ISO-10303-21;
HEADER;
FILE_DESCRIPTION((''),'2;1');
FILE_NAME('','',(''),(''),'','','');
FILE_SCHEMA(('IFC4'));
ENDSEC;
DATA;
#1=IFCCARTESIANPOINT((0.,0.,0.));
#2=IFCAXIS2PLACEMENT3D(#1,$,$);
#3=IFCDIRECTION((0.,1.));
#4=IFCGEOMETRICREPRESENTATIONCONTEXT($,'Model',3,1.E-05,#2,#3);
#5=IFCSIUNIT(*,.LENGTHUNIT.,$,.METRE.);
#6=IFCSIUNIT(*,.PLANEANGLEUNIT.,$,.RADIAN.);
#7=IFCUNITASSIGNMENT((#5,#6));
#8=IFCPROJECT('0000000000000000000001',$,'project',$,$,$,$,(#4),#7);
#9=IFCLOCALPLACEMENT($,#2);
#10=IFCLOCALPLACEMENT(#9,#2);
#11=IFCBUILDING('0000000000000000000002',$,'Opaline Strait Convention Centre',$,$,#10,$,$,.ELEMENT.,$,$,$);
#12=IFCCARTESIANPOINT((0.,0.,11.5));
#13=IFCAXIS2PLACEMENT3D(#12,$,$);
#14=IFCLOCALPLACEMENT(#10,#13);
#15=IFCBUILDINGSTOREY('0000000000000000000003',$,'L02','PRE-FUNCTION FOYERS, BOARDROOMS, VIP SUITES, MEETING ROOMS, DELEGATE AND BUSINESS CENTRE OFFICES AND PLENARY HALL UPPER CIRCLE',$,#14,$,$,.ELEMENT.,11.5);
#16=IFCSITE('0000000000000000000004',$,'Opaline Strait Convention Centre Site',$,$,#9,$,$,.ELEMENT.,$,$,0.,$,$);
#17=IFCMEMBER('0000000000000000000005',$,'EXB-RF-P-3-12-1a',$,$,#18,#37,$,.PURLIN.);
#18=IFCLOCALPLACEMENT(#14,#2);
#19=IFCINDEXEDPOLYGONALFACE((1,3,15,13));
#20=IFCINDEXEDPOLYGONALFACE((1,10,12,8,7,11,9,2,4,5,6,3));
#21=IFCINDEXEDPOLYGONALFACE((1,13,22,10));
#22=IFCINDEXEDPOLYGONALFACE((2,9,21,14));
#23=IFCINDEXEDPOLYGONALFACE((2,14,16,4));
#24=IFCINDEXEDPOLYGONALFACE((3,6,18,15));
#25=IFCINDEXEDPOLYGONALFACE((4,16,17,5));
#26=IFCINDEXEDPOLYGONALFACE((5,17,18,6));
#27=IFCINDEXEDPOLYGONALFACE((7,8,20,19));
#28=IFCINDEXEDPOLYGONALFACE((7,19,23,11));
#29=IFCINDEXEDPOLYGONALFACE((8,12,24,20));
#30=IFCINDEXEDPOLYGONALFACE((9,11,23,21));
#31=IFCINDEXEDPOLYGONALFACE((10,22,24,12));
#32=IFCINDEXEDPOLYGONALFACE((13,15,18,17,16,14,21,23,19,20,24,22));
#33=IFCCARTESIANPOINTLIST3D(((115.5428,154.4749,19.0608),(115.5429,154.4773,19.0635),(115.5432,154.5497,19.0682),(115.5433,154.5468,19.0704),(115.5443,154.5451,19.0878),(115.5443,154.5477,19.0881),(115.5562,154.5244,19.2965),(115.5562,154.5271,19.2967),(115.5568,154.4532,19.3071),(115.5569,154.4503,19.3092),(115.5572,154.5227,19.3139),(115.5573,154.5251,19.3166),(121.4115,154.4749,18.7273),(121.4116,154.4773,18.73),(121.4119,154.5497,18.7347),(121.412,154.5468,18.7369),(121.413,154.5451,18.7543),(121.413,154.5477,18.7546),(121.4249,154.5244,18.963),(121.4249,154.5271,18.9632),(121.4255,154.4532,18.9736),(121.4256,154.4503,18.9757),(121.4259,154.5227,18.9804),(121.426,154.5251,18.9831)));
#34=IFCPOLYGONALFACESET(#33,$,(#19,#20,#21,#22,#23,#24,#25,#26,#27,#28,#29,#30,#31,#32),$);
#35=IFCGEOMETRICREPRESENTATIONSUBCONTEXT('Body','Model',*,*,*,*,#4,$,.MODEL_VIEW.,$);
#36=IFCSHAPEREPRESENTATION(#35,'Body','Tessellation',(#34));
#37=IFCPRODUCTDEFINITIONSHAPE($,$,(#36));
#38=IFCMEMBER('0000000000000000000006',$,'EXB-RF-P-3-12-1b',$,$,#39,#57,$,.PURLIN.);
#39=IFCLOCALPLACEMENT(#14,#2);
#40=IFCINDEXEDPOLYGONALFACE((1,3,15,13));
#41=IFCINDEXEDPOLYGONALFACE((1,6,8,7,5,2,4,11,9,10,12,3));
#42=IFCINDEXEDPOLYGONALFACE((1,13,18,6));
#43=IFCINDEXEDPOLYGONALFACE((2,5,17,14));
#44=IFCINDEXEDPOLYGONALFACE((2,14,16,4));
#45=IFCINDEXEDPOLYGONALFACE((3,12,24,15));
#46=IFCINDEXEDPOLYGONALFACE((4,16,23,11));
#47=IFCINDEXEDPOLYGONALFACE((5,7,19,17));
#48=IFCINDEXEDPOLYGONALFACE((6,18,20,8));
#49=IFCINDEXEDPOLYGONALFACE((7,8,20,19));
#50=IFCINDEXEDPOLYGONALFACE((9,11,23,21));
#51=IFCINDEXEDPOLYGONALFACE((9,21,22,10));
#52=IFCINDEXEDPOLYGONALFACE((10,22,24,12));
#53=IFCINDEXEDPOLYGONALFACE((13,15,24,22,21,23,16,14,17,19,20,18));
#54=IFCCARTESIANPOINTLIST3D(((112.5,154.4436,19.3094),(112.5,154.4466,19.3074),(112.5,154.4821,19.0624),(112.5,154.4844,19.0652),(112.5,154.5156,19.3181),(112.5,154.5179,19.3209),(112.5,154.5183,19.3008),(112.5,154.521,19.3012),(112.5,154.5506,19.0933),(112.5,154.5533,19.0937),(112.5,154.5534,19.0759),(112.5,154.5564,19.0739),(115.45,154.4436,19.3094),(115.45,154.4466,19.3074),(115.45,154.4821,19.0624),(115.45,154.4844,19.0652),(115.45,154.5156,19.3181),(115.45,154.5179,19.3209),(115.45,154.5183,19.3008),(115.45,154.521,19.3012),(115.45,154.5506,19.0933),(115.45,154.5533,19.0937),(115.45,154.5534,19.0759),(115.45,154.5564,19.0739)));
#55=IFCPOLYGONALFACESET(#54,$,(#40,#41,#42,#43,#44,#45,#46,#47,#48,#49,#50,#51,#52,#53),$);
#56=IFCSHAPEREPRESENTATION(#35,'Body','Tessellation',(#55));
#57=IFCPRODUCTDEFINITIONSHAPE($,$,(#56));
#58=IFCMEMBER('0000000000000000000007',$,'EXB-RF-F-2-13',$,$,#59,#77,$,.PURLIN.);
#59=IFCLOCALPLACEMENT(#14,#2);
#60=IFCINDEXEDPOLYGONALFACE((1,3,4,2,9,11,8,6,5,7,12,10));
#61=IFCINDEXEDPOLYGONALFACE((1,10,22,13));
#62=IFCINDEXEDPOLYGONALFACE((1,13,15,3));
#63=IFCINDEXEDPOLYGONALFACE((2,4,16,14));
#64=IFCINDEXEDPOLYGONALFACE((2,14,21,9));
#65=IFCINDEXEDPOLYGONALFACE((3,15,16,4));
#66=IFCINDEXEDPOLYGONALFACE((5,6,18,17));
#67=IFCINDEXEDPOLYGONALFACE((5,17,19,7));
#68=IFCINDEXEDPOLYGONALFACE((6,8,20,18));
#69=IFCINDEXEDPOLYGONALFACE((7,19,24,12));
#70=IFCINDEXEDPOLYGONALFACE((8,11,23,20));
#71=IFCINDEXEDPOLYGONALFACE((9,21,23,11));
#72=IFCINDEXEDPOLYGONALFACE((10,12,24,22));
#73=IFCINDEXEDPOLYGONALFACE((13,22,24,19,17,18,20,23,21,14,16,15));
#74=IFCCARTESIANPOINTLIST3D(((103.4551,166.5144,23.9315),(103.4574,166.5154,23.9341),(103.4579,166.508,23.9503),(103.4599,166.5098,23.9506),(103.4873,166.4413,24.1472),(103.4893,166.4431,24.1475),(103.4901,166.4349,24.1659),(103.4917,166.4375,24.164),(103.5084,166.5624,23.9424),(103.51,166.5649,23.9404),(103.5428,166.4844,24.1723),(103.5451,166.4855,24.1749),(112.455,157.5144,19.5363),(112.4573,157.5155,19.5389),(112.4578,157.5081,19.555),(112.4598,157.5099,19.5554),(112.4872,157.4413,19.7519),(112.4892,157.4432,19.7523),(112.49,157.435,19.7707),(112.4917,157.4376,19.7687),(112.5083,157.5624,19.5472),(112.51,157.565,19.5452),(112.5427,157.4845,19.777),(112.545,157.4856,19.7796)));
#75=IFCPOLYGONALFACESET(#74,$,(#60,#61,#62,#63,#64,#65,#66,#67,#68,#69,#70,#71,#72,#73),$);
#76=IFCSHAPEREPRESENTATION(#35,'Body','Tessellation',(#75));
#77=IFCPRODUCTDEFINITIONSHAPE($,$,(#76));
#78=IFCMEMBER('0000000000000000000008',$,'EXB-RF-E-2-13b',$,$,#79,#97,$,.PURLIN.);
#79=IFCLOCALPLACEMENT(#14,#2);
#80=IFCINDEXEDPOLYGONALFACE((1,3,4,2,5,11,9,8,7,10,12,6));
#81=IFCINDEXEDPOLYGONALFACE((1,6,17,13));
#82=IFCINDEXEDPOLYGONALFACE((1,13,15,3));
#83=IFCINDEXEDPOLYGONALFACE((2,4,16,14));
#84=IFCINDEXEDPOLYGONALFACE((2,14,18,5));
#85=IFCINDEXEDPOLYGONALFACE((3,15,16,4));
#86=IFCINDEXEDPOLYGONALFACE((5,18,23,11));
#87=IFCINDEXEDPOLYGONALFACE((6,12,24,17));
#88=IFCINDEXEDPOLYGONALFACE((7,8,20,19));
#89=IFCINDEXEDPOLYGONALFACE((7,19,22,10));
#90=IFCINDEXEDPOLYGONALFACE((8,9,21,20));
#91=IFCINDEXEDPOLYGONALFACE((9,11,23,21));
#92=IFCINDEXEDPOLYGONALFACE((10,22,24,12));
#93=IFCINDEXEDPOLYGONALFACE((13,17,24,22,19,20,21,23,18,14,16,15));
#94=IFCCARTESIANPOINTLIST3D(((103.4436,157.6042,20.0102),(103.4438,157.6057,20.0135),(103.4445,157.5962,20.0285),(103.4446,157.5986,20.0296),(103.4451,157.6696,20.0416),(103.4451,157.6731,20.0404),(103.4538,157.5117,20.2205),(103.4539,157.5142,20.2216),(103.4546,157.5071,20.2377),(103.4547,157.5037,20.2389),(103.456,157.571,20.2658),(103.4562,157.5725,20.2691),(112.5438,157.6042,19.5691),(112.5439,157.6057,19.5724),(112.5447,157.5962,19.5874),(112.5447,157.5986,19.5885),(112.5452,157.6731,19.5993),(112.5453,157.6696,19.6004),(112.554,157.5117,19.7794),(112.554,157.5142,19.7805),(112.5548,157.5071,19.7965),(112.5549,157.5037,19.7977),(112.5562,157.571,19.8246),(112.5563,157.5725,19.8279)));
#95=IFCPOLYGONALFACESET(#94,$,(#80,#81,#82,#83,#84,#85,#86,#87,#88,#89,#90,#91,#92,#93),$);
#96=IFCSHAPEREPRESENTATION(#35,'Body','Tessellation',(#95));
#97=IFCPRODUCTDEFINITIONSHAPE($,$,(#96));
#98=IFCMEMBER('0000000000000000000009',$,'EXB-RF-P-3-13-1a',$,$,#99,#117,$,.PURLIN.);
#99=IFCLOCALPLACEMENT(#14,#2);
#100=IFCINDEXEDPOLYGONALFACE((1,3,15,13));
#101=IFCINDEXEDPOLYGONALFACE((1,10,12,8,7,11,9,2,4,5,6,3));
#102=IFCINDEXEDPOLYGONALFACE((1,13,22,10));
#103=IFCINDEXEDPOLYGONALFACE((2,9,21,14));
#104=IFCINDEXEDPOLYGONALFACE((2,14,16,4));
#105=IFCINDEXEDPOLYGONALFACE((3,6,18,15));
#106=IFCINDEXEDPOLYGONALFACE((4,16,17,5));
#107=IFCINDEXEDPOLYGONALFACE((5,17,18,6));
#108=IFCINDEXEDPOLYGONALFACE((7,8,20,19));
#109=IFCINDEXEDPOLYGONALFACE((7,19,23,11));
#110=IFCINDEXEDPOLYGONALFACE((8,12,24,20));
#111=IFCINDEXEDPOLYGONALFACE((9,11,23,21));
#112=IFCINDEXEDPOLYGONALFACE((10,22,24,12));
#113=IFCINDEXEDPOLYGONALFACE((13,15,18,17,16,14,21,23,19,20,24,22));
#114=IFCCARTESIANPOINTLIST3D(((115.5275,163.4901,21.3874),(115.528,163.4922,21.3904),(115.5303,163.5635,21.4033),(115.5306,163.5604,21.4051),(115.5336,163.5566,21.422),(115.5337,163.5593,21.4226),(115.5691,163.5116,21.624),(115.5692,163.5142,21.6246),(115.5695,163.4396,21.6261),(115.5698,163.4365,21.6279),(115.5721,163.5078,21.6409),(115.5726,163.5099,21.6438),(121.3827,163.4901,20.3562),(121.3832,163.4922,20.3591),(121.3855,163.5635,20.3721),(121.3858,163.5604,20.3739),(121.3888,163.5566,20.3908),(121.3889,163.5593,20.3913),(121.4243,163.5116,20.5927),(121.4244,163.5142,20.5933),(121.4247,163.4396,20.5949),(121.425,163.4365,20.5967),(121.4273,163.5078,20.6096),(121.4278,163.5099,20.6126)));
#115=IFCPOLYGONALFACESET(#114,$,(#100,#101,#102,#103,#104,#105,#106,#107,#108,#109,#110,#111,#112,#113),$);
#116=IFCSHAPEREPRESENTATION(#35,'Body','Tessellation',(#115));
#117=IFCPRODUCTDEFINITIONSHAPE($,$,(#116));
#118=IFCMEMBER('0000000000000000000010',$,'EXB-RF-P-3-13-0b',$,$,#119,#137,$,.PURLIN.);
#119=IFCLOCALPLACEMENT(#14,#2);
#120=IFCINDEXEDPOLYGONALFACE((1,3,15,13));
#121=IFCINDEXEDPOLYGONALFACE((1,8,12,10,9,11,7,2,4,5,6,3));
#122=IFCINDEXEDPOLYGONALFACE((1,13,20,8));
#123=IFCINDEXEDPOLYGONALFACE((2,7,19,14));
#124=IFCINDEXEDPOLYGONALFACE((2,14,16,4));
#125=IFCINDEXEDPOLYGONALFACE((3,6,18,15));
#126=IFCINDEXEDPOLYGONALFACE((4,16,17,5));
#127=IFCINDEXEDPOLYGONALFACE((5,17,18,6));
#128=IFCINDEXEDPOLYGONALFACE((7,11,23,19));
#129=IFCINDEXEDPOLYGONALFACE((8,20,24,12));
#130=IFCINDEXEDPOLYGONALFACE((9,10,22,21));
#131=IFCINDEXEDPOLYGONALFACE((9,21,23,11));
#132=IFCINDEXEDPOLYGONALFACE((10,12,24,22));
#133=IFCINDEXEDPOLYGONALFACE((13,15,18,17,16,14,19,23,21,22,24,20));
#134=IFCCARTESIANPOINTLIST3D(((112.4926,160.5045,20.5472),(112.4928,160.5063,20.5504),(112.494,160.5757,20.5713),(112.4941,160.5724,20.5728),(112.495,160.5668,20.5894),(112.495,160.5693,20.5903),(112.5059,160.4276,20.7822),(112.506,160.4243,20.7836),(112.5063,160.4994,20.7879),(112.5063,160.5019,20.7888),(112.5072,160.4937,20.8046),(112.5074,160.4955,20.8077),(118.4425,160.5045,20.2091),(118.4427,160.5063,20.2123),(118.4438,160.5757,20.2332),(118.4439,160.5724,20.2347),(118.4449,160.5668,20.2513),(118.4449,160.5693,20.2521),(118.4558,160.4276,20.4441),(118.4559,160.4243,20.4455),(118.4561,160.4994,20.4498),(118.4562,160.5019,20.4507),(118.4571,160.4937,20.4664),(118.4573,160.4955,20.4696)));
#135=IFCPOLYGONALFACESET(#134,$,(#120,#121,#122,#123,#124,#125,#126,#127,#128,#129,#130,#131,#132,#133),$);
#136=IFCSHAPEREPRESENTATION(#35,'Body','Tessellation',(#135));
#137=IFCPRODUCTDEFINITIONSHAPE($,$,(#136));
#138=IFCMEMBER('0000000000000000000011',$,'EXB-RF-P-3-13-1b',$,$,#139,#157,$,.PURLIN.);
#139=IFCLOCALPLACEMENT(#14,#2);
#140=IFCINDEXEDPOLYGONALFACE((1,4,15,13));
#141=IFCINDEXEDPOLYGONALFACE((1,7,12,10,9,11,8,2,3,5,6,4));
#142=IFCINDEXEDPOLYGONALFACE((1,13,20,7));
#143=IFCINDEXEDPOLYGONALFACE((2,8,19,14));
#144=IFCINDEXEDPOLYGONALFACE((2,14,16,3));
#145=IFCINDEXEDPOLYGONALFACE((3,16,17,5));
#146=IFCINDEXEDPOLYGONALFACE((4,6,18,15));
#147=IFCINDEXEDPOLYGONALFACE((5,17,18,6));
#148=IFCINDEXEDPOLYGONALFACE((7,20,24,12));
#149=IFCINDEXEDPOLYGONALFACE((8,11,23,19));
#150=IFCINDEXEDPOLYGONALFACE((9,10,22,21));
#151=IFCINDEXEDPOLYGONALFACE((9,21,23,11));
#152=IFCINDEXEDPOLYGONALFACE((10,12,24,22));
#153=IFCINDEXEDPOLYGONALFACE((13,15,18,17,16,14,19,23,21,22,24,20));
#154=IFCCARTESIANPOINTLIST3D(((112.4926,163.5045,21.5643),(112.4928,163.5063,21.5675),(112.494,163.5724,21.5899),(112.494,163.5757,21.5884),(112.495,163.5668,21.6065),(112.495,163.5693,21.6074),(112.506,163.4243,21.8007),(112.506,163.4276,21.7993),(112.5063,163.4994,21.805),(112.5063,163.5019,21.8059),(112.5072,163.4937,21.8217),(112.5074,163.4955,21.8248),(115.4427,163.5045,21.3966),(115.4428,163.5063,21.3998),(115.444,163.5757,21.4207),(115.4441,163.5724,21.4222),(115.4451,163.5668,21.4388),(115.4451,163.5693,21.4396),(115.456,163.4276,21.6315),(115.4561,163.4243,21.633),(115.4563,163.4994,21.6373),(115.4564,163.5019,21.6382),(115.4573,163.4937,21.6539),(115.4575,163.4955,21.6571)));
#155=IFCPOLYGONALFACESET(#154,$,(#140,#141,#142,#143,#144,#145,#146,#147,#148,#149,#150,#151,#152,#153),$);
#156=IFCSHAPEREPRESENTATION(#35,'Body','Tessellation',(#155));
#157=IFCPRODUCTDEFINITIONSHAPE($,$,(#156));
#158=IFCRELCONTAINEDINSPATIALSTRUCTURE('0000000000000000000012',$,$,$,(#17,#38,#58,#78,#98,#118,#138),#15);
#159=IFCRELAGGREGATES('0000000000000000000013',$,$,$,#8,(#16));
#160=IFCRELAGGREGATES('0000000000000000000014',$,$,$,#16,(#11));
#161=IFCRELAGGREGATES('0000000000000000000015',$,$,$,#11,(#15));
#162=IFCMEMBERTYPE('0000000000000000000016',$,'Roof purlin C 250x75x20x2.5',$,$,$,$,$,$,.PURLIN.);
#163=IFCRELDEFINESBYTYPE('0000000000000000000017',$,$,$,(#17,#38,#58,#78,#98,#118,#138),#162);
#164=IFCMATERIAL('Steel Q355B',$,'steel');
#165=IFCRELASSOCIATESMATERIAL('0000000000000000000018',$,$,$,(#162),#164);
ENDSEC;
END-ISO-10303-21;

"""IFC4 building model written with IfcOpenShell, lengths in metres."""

from ifc_helpers import new_model, si_unit, direction, frame, origin, place, context, subcontext, project, spatial, polyline, outline, extrude, material, material_profile, profile_set, type_object, element, save


model = new_model("IFC4")

# Units and contexts
model_context = context("Model", 3, precision=1e-05, world=origin(), true_north=direction((0.0, 1.0)))
body_context = subcontext(model_context, "Body", "Model", "MODEL_VIEW")
ifc_project = project(units=[si_unit("LENGTHUNIT", "METRE"), si_unit("PLANEANGLEUNIT", "RADIAN")], contexts=[model_context])

# Site, building, storey
site_placement = place(None, origin())
site = spatial("IfcSite", under=ifc_project, at=site_placement, Name="Opaline Strait Convention Centre Site", CompositionType="ELEMENT", RefElevation=0.0)
building_placement = place(site_placement, origin())
building = spatial("IfcBuilding", under=site, at=building_placement, Name="Opaline Strait Convention Centre", CompositionType="ELEMENT")
storey_placement = place(building_placement, frame((0.0, 0.0, 11.5)))
storey = spatial("IfcBuildingStorey", under=building, at=storey_placement, Name="L02", Description="PRE-FUNCTION FOYERS, BOARDROOMS, VIP SUITES, MEETING ROOMS, DELEGATE AND BUSINESS CENTRE OFFICES AND PLENARY HALL UPPER CIRCLE", CompositionType="ELEMENT", Elevation=11.5)

# Members
ifc_material_1 = material(Name="Steel Q355B", Category="steel")
ifc_material_profile_1 = material_profile(ifc_material_1, outline(polyline([(-0.0376, -0.125), (0.0376, -0.125), (0.0376, -0.105), (0.0349, -0.105), (0.0349, -0.1226), (-0.0349, -0.1226), (-0.0349, 0.1226), (0.0349, 0.1226), (0.0349, 0.105), (0.0376, 0.105), (0.0376, 0.125), (-0.0376, 0.125), (-0.0376, -0.125)])), Name="C 250x75x20x2.5")
ifc_profile_set_1 = profile_set([ifc_material_profile_1], Name="Steel Q355B")
member_type_1 = type_object("IfcMemberType", Name="Roof purlin C 250x75x20x2.5", PredefinedType="PURLIN", material=ifc_profile_set_1)
member_1_placement = place(storey_placement, frame((115.55, 154.5, 19.1887), z_axis=(0.998389, 0.0, -0.056735), x_axis=(0.005582, 0.995149, 0.09822)))
element("IfcMember", 1, at=member_1_placement, inside=storey, type_object=member_type_1, Name="EXB-RF-P-3-12-1a", PredefinedType="PURLIN", context=body_context, shape_type="SweptSolid", body=[
    extrude(outline(polyline([(-0.0376, -0.125), (0.0376, -0.125), (0.0376, -0.105), (0.0349, -0.105), (0.0349, -0.1226), (-0.0349, -0.1226), (-0.0349, 0.1226), (0.0349, 0.1226), (0.0349, 0.105), (0.0376, 0.105), (0.0376, 0.125), (-0.0376, 0.125), (-0.0376, -0.125)])), origin(), (0.0, 0.0, 1.0), 5.8782),
])
member_2_placement = place(storey_placement, frame((112.5, 154.5, 19.1917), z_axis=(1.0, 0.0, 0.0), x_axis=(0.0, 0.988092, 0.153864)))
element("IfcMember", 2, at=member_2_placement, inside=storey, type_object=member_type_1, Name="EXB-RF-P-3-12-1b", PredefinedType="PURLIN", context=body_context, shape_type="SweptSolid", body=[
    extrude(outline(polyline([(-0.0376, -0.125), (0.0376, -0.125), (0.0376, -0.105), (0.0349, -0.105), (0.0349, -0.1226), (-0.0349, -0.1226), (-0.0349, 0.1226), (0.0349, 0.1226), (0.0349, 0.105), (0.0376, 0.105), (0.0376, 0.125), (-0.0376, 0.125), (-0.0376, -0.125)])), origin(), (0.0, 0.0, 1.0), 2.95),
])
member_3_placement = place(storey_placement, frame((112.5, 157.5, 19.658), z_axis=(-0.668377, 0.668377, 0.32641), x_axis=(-0.730509, -0.672491, -0.118801)))
element("IfcMember", 3, at=member_3_placement, inside=storey, type_object=member_type_1, Name="EXB-RF-F-2-13", PredefinedType="PURLIN", context=body_context, shape_type="SweptSolid", body=[
    extrude(outline(polyline([(-0.0376, -0.125), (0.0376, -0.125), (0.0376, -0.105), (0.0349, -0.105), (0.0349, -0.1226), (-0.0349, -0.1226), (-0.0349, 0.1226), (0.0349, 0.1226), (0.0349, 0.105), (0.0376, 0.105), (0.0376, 0.125), (-0.0376, 0.125), (-0.0376, -0.125)])), origin(), (0.0, 0.0, 1.0), 13.4653),
])
member_4_placement = place(storey_placement, frame((112.55, 157.5884, 19.6985), z_axis=(-0.998827, 0.0, 0.048422), x_axis=(-0.019477, -0.915533, -0.401772)))
element("IfcMember", 4, at=member_4_placement, inside=storey, type_object=member_type_1, Name="EXB-RF-E-2-13b", PredefinedType="PURLIN", context=body_context, shape_type="SweptSolid", body=[
    extrude(outline(polyline([(-0.0376, -0.125), (0.0376, -0.125), (0.0376, -0.105), (0.0349, -0.105), (0.0349, -0.1226), (-0.0349, -0.1226), (-0.0349, 0.1226), (0.0349, 0.1226), (0.0349, 0.105), (0.0376, 0.105), (0.0376, 0.125), (-0.0376, 0.125), (-0.0376, -0.125)])), origin(), (0.0, 0.0, 1.0), 9.1108),
])
member_5_placement = place(storey_placement, frame((115.55, 163.5, 21.5156), z_axis=(0.984842, 0.0, -0.173455), x_axis=(0.037224, 0.976702, 0.211348)))
element("IfcMember", 5, at=member_5_placement, inside=storey, type_object=member_type_1, Name="EXB-RF-P-3-13-1a", PredefinedType="PURLIN", context=body_context, shape_type="SweptSolid", body=[
    extrude(outline(polyline([(-0.0376, -0.125), (0.0376, -0.125), (0.0376, -0.105), (0.0349, -0.105), (0.0349, -0.1226), (-0.0349, -0.1226), (-0.0349, 0.1226), (0.0349, 0.1226), (0.0349, 0.105), (0.0376, 0.105), (0.0376, 0.125), (-0.0376, 0.125), (-0.0376, -0.125)])), origin(), (0.0, 0.0, 1.0), 5.9453),
])
member_6_placement = place(storey_placement, frame((112.5, 160.5, 20.6775), z_axis=(0.998389, 0.0, -0.056738), x_axis=(0.018214, 0.947074, 0.320498)))
element("IfcMember", 6, at=member_6_placement, inside=storey, type_object=member_type_1, Name="EXB-RF-P-3-13-0b", PredefinedType="PURLIN", context=body_context, shape_type="SweptSolid", body=[
    extrude(outline(polyline([(-0.0376, -0.125), (0.0376, -0.125), (0.0376, -0.105), (0.0349, -0.105), (0.0349, -0.1226), (-0.0349, -0.1226), (-0.0349, 0.1226), (0.0349, 0.1226), (0.0349, 0.105), (0.0376, 0.105), (0.0376, 0.125), (-0.0376, 0.125), (-0.0376, -0.125)])), origin(), (0.0, 0.0, 1.0), 5.9595),
])
member_7_placement = place(storey_placement, frame((112.5, 163.5, 21.6946), z_axis=(0.998388, 0.0, -0.056765), x_axis=(0.018222, 0.947074, 0.320497)))
element("IfcMember", 7, at=member_7_placement, inside=storey, type_object=member_type_1, Name="EXB-RF-P-3-13-1b", PredefinedType="PURLIN", context=body_context, shape_type="SweptSolid", body=[
    extrude(outline(polyline([(-0.0376, -0.125), (0.0376, -0.125), (0.0376, -0.105), (0.0349, -0.105), (0.0349, -0.1226), (-0.0349, -0.1226), (-0.0349, 0.1226), (0.0349, 0.1226), (0.0349, 0.105), (0.0376, 0.105), (0.0376, 0.125), (-0.0376, 0.125), (-0.0376, -0.125)])), origin(), (0.0, 0.0, 1.0), 2.9548),
])

save(model, "model.ifc")
